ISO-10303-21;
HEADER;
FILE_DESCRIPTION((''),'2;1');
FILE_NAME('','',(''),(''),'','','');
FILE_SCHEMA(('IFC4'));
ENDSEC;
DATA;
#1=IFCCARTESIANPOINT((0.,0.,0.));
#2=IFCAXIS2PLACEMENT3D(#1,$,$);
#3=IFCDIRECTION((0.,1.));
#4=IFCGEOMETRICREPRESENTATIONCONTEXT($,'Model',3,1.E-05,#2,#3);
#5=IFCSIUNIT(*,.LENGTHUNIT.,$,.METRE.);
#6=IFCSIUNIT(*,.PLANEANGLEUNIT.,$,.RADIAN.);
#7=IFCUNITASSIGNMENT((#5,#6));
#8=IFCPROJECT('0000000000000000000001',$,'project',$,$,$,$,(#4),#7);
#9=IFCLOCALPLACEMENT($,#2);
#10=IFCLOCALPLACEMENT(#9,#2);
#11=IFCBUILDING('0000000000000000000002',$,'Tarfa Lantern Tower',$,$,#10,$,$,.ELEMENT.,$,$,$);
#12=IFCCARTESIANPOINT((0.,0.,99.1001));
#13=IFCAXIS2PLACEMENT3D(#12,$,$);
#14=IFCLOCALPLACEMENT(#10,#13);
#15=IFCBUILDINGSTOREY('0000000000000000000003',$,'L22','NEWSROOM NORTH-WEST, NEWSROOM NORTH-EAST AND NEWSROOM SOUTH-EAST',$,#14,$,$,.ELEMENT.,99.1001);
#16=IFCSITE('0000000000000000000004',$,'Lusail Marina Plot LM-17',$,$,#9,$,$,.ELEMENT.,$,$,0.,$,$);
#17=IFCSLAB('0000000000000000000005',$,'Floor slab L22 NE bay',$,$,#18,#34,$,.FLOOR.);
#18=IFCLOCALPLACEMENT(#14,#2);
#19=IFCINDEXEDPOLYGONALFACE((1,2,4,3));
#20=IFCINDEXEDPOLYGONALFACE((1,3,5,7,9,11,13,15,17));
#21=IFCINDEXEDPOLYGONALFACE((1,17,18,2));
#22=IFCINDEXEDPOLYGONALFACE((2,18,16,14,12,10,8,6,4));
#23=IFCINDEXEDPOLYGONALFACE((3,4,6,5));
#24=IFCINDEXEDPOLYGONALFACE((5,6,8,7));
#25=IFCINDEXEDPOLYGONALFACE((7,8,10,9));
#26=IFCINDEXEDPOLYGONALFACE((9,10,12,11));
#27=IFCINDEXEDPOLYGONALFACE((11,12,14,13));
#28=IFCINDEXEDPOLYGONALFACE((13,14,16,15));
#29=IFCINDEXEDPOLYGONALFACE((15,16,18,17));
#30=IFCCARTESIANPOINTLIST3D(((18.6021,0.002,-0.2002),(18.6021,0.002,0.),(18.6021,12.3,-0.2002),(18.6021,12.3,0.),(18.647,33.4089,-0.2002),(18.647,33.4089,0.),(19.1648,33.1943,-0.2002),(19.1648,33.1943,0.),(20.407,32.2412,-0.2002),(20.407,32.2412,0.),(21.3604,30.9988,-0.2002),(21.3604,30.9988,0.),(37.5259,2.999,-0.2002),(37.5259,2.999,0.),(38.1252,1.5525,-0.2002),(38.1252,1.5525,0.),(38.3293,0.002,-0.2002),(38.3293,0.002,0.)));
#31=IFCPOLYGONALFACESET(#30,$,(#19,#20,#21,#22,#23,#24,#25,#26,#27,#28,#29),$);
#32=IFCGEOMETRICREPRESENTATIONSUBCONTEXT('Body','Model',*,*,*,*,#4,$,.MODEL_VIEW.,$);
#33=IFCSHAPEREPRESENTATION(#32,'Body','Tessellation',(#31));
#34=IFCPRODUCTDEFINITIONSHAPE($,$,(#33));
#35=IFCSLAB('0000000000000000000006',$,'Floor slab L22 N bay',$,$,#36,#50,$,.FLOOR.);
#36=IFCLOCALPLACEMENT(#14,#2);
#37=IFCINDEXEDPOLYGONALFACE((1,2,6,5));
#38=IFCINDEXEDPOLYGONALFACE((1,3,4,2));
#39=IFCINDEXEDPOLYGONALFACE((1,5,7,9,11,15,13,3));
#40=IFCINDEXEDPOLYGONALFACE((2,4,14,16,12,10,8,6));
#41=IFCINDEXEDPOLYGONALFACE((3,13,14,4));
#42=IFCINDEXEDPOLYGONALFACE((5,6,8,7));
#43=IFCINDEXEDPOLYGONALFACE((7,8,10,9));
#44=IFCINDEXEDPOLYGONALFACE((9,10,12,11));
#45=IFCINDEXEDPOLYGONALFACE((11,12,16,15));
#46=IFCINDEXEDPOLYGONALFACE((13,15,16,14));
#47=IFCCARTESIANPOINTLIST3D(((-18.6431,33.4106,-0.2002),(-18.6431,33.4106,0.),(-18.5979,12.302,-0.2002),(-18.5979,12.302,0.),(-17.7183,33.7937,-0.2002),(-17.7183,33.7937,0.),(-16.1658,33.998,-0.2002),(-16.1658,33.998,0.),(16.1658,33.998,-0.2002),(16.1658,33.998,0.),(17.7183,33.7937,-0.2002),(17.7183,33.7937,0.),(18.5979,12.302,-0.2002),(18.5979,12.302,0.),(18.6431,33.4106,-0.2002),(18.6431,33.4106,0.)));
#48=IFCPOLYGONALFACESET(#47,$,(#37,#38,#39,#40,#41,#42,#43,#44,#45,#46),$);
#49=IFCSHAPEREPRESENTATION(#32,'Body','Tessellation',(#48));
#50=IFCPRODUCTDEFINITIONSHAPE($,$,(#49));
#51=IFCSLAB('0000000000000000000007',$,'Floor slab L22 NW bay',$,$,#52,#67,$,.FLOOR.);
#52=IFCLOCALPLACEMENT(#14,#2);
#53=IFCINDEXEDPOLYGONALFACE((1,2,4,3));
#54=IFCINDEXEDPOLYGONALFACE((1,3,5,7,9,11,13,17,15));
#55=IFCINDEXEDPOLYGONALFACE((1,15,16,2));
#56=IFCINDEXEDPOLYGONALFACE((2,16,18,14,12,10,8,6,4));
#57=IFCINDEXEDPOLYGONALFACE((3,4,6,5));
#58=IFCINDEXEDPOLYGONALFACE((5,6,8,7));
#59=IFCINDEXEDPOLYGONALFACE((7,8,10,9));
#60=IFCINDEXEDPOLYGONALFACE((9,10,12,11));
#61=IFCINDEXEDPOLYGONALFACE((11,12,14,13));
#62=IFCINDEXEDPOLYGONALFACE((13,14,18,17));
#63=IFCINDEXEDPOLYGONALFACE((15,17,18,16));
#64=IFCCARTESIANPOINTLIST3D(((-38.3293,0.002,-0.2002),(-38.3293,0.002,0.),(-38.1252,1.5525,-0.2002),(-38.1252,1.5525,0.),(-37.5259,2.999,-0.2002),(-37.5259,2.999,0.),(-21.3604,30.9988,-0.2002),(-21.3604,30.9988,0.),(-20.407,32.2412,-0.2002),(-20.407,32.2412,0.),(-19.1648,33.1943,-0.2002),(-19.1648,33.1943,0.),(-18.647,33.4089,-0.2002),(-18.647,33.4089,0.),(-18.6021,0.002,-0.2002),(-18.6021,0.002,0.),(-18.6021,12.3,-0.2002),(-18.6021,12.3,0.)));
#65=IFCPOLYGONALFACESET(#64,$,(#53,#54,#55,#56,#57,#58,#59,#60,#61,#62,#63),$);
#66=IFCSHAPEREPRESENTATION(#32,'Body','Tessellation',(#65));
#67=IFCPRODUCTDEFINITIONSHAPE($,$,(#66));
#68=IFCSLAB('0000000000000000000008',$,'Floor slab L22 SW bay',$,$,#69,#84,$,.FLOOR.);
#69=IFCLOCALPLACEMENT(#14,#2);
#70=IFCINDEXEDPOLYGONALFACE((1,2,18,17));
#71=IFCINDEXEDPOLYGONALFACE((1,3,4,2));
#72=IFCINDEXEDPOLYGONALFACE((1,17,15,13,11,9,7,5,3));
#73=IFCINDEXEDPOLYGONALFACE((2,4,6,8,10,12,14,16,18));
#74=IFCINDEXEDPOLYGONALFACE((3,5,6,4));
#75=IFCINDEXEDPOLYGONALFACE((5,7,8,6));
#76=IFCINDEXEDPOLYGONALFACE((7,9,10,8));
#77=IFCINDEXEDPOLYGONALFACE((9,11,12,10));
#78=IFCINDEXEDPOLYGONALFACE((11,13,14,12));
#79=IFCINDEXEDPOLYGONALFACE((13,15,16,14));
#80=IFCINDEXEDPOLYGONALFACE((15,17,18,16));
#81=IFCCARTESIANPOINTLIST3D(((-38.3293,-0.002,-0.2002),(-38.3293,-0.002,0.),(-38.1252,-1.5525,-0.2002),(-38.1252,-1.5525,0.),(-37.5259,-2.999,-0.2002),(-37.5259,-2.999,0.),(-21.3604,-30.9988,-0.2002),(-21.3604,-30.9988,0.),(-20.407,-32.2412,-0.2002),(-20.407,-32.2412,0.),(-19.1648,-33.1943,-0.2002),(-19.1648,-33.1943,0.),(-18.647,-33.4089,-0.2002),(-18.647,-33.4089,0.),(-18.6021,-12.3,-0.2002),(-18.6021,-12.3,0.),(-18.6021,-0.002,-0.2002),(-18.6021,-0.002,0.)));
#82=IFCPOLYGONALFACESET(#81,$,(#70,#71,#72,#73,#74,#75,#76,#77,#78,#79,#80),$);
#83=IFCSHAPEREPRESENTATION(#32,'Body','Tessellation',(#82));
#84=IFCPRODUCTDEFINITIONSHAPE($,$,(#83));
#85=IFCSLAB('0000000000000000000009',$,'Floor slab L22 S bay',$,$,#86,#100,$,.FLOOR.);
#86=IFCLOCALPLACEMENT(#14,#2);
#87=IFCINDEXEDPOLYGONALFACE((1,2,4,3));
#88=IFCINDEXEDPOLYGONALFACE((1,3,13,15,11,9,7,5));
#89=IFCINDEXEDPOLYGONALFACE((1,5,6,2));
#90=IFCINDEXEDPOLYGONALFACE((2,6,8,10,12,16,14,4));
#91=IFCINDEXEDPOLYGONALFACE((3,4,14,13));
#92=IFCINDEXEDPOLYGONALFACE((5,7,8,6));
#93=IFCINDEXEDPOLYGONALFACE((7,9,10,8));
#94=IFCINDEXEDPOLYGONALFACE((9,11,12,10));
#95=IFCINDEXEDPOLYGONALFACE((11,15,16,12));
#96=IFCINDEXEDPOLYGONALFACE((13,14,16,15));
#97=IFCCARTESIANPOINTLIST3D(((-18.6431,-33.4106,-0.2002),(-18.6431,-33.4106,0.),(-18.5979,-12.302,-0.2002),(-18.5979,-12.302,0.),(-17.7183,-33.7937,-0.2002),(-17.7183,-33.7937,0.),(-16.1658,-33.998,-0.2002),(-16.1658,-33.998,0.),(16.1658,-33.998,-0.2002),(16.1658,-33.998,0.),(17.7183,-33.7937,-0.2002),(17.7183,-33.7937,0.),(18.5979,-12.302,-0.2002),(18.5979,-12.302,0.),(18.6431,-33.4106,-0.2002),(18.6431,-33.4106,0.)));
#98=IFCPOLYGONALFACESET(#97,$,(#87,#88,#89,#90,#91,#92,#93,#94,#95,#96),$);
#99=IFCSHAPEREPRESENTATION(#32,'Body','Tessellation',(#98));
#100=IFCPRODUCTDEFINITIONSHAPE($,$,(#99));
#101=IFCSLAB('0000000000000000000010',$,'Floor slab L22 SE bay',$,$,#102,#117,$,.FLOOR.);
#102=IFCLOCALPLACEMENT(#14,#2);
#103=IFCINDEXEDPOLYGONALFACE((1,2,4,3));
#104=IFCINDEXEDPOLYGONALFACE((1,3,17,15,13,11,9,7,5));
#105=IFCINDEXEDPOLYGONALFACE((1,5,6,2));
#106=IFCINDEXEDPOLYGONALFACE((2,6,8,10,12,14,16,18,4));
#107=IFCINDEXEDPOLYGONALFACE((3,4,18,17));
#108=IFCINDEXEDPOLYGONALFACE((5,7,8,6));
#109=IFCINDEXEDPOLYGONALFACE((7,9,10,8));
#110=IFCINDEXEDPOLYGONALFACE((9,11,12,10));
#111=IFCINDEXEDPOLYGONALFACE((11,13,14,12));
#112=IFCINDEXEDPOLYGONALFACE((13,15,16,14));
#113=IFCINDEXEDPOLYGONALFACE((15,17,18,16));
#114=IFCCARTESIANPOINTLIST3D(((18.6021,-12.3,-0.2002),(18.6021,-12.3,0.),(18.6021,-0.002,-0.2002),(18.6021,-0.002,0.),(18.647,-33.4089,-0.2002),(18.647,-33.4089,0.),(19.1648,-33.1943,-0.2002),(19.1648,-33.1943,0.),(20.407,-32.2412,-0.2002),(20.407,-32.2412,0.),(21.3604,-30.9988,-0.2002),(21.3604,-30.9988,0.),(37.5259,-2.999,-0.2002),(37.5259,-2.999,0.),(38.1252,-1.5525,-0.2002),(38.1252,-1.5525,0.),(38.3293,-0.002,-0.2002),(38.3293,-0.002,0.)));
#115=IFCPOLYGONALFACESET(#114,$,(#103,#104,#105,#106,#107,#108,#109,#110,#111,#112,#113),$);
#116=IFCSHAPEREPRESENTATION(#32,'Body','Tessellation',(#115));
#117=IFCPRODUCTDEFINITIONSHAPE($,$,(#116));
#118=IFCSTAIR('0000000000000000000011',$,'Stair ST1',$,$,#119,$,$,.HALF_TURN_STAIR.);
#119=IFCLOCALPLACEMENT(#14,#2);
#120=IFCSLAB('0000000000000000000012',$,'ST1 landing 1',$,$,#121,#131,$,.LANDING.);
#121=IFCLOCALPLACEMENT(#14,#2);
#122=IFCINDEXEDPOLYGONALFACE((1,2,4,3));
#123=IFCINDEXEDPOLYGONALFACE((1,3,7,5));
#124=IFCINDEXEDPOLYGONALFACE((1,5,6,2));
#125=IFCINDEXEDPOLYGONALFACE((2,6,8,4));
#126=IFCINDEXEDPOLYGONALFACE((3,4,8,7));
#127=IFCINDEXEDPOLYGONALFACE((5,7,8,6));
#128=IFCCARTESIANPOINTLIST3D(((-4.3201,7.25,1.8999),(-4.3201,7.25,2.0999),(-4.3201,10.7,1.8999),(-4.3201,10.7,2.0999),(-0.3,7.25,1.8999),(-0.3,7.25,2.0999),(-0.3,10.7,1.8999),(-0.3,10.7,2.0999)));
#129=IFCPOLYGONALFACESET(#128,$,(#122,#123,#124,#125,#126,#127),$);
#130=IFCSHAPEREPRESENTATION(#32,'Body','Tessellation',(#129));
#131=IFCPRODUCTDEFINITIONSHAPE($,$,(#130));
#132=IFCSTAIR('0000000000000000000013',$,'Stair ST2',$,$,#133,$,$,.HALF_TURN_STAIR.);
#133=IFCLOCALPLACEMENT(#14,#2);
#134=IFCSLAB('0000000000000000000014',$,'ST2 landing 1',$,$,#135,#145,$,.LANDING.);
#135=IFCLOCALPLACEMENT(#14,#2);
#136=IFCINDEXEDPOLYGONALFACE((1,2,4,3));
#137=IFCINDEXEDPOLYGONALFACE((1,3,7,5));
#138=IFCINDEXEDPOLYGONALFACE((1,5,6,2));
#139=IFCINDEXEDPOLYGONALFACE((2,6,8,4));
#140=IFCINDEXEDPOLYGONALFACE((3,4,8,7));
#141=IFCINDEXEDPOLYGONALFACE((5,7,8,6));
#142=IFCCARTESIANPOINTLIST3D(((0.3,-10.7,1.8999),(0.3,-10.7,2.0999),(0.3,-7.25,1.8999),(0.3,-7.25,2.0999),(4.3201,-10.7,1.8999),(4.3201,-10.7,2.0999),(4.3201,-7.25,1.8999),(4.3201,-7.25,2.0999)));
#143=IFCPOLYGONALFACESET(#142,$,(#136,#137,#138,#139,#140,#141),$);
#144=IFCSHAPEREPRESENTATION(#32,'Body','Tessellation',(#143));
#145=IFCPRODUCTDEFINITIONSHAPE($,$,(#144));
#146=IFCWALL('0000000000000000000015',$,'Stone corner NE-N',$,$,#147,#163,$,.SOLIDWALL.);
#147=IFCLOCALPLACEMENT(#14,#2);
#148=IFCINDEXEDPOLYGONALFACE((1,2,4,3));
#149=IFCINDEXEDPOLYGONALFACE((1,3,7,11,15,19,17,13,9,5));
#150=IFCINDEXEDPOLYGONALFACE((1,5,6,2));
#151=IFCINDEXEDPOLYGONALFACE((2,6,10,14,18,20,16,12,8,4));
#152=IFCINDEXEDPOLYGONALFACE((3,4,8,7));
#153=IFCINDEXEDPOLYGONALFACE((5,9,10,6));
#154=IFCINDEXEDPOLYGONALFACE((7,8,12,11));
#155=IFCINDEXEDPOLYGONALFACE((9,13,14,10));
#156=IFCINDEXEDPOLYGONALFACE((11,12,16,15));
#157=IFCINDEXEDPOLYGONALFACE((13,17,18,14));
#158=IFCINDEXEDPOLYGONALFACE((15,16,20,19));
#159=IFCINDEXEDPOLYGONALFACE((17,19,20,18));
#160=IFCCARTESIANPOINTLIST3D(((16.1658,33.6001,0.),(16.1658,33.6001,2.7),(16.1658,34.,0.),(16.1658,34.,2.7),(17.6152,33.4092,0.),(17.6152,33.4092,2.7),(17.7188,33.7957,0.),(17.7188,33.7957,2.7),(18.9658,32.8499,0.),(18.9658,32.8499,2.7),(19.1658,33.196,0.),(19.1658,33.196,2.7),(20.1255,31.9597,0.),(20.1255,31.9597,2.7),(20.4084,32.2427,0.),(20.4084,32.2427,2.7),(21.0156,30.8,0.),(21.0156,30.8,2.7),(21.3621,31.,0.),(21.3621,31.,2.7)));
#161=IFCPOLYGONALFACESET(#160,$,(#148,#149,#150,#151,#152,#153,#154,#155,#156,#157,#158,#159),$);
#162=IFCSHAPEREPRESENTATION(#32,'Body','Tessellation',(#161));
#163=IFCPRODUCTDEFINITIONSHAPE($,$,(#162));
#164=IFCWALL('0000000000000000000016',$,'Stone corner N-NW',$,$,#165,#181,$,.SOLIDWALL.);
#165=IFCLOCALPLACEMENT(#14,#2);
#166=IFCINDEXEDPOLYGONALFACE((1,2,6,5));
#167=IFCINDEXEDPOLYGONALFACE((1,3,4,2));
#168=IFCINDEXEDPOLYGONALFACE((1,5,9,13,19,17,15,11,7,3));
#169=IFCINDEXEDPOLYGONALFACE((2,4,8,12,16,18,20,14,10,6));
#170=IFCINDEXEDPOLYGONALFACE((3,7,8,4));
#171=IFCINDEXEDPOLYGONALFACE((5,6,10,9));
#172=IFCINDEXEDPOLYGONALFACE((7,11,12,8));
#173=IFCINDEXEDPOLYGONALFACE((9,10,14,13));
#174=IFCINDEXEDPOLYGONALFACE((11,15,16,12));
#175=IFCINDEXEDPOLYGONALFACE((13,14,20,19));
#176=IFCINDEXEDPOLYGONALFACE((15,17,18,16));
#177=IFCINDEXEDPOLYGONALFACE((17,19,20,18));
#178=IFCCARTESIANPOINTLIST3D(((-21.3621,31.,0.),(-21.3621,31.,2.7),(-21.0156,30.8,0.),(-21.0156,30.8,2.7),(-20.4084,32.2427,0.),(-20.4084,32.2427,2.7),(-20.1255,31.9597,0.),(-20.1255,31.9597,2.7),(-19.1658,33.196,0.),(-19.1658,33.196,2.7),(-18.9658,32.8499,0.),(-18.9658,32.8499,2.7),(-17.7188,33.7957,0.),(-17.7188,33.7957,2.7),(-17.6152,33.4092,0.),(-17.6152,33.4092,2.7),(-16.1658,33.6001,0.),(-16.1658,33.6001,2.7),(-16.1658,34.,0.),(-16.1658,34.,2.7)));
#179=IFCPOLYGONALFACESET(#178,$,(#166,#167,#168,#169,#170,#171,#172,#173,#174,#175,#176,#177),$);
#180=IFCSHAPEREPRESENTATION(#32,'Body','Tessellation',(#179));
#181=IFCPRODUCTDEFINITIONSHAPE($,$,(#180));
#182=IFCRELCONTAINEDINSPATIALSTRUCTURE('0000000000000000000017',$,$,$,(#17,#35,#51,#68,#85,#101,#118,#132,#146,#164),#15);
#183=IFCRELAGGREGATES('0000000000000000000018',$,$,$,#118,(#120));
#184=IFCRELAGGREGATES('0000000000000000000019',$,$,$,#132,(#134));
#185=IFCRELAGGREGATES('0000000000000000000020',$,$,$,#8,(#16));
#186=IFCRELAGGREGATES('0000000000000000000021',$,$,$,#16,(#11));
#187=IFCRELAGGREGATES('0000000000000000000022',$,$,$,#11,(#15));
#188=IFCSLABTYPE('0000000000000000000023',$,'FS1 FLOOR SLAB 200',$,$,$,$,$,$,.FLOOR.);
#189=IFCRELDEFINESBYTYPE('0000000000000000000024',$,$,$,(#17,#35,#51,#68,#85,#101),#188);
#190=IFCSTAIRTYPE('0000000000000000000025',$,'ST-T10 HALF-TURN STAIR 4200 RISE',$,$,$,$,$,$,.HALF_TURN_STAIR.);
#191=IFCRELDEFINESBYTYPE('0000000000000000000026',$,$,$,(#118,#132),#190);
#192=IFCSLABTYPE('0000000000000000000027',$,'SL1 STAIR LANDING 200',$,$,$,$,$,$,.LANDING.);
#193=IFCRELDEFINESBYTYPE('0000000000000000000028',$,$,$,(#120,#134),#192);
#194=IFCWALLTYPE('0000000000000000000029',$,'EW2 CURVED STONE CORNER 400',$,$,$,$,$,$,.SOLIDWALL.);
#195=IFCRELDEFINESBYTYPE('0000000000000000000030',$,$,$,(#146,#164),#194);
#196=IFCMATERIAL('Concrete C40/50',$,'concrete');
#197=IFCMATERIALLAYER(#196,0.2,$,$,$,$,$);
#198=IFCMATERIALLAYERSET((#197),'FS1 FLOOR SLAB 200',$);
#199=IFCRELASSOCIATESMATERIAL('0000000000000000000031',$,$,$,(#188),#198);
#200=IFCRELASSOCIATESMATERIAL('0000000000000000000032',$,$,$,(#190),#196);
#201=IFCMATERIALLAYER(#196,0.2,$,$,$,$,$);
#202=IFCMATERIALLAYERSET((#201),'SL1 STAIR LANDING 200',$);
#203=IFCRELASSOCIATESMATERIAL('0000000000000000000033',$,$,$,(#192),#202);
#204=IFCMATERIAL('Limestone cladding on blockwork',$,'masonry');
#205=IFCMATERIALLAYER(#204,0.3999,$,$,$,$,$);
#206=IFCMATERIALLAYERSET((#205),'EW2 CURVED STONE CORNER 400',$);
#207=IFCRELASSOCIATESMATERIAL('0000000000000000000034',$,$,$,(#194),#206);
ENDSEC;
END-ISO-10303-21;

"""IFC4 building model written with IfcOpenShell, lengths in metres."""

from ifc_helpers import new_model, si_unit, direction, frame, origin, place, context, subcontext, project, spatial, polyline, outline, extrude, material, layer, layer_set, type_object, element, aggregate, save


model = new_model("IFC4")

# Units and contexts
model_context = context("Model", 3, precision=1e-05, world=origin(), true_north=direction((0.0, 1.0)))
body_context = subcontext(model_context, "Body", "Model", "MODEL_VIEW")
ifc_project = project(units=[si_unit("LENGTHUNIT", "METRE"), si_unit("PLANEANGLEUNIT", "RADIAN")], contexts=[model_context])

# Site, building, storey
site_placement = place(None, origin())
site = spatial("IfcSite", under=ifc_project, at=site_placement, Name="Lusail Marina Plot LM-17", CompositionType="ELEMENT", RefElevation=0.0)
building_placement = place(site_placement, origin())
building = spatial("IfcBuilding", under=site, at=building_placement, Name="Tarfa Lantern Tower", CompositionType="ELEMENT")
storey_placement = place(building_placement, frame((0.0, 0.0, 99.1001)))
storey = spatial("IfcBuildingStorey", under=building, at=storey_placement, Name="L22", Description="NEWSROOM NORTH-WEST, NEWSROOM NORTH-EAST AND NEWSROOM SOUTH-EAST", CompositionType="ELEMENT", Elevation=99.1001)

# Slabs
ifc_material_1 = material(Name="Concrete C40/50", Category="concrete")
ifc_layer_1 = layer(ifc_material_1, 0.2)
ifc_layer_set_1 = layer_set([ifc_layer_1], Name="FS1 FLOOR SLAB 200")
slab_type_1 = type_object("IfcSlabType", Name="FS1 FLOOR SLAB 200", PredefinedType="FLOOR", material=ifc_layer_set_1)
slab_1_placement = place(storey_placement, frame((0.0, 0.0, -0.2002)))
element("IfcSlab", 1, at=slab_1_placement, inside=storey, type_object=slab_type_1, Name="Floor slab L22 NE bay", PredefinedType="FLOOR", context=body_context, shape_type="SweptSolid", body=[
    extrude(outline(polyline([(37.5259, 2.999), (21.3604, 30.9988), (20.407, 32.2412), (19.1648, 33.1943), (18.647, 33.4089), (18.6021, 12.3), (18.6021, 0.002), (38.3293, 0.002), (38.1252, 1.5525), (37.5259, 2.999)])), origin(), (0.0, 0.0, 1.0), 0.2002),
])
slab_2_placement = place(storey_placement, frame((0.0, 0.0, -0.2002)))
element("IfcSlab", 2, at=slab_2_placement, inside=storey, type_object=slab_type_1, Name="Floor slab L22 N bay", PredefinedType="FLOOR", context=body_context, shape_type="SweptSolid", body=[
    extrude(outline(polyline([(-18.5979, 12.302), (18.5979, 12.302), (18.6431, 33.4106), (17.7183, 33.7937), (16.1658, 33.998), (-16.1658, 33.998), (-17.7183, 33.7937), (-18.6431, 33.4106), (-18.5979, 12.302)])), origin(), (0.0, 0.0, 1.0), 0.2002),
])
slab_3_placement = place(storey_placement, frame((0.0, 0.0, -0.2002)))
element("IfcSlab", 3, at=slab_3_placement, inside=storey, type_object=slab_type_1, Name="Floor slab L22 NW bay", PredefinedType="FLOOR", context=body_context, shape_type="SweptSolid", body=[
    extrude(outline(polyline([(-18.6021, 0.002), (-18.6021, 12.3), (-18.647, 33.4089), (-19.1648, 33.1943), (-20.407, 32.2412), (-21.3604, 30.9988), (-37.5259, 2.999), (-38.1252, 1.5525), (-38.3293, 0.002), (-18.6021, 0.002)])), origin(), (0.0, 0.0, 1.0), 0.2002),
])
slab_4_placement = place(storey_placement, frame((0.0, 0.0, -0.2002)))
element("IfcSlab", 4, at=slab_4_placement, inside=storey, type_object=slab_type_1, Name="Floor slab L22 SW bay", PredefinedType="FLOOR", context=body_context, shape_type="SweptSolid", body=[
    extrude(outline(polyline([(-18.6021, -12.3), (-18.6021, -0.002), (-38.3293, -0.002), (-38.1252, -1.5525), (-37.5259, -2.999), (-21.3604, -30.9988), (-20.407, -32.2412), (-19.1648, -33.1943), (-18.647, -33.4089), (-18.6021, -12.3)])), origin(), (0.0, 0.0, 1.0), 0.2002),
])
slab_5_placement = place(storey_placement, frame((0.0, 0.0, -0.2002)))
element("IfcSlab", 5, at=slab_5_placement, inside=storey, type_object=slab_type_1, Name="Floor slab L22 S bay", PredefinedType="FLOOR", context=body_context, shape_type="SweptSolid", body=[
    extrude(outline(polyline([(18.5979, -12.302), (-18.5979, -12.302), (-18.6431, -33.4106), (-17.7183, -33.7937), (-16.1658, -33.998), (16.1658, -33.998), (17.7183, -33.7937), (18.6431, -33.4106), (18.5979, -12.302)])), origin(), (0.0, 0.0, 1.0), 0.2002),
])
slab_6_placement = place(storey_placement, frame((0.0, 0.0, -0.2002)))
element("IfcSlab", 6, at=slab_6_placement, inside=storey, type_object=slab_type_1, Name="Floor slab L22 SE bay", PredefinedType="FLOOR", context=body_context, shape_type="SweptSolid", body=[
    extrude(outline(polyline([(18.6021, -0.002), (18.6021, -12.3), (18.647, -33.4089), (19.1648, -33.1943), (20.407, -32.2412), (21.3604, -30.9988), (37.5259, -2.999), (38.1252, -1.5525), (38.3293, -0.002), (18.6021, -0.002)])), origin(), (0.0, 0.0, 1.0), 0.2002),
])

# Stairs, slabs
stair_type = type_object("IfcStairType", Name="ST-T10 HALF-TURN STAIR 4200 RISE", PredefinedType="HALF_TURN_STAIR", material=ifc_material_1)
stair_1_placement = place(storey_placement, origin())
stair_1 = element("IfcStair", 7, at=stair_1_placement, inside=storey, type_object=stair_type, Name="Stair ST1", PredefinedType="HALF_TURN_STAIR")
ifc_layer_2 = layer(ifc_material_1, 0.2)
ifc_layer_set_2 = layer_set([ifc_layer_2], Name="SL1 STAIR LANDING 200")
slab_type_2 = type_object("IfcSlabType", Name="SL1 STAIR LANDING 200", PredefinedType="LANDING", material=ifc_layer_set_2)
slab_7_placement = place(storey_placement, frame((0.0, 0.0, 1.8999)))
slab_7 = element("IfcSlab", 8, at=slab_7_placement, type_object=slab_type_2, Name="ST1 landing 1", PredefinedType="LANDING", context=body_context, shape_type="SweptSolid", body=[
    extrude(outline(polyline([(-4.3201, 7.25), (-0.3, 7.25), (-0.3, 10.7), (-4.3201, 10.7), (-4.3201, 7.25)])), origin(), (0.0, 0.0, 1.0), 0.2),
])
aggregate(stair_1, [slab_7])
stair_2_placement = place(storey_placement, origin())
stair_2 = element("IfcStair", 9, at=stair_2_placement, inside=storey, type_object=stair_type, Name="Stair ST2", PredefinedType="HALF_TURN_STAIR")
slab_8_placement = place(storey_placement, frame((0.0, 0.0, 1.8999)))
slab_8 = element("IfcSlab", 10, at=slab_8_placement, type_object=slab_type_2, Name="ST2 landing 1", PredefinedType="LANDING", context=body_context, shape_type="SweptSolid", body=[
    extrude(outline(polyline([(4.3201, -7.25), (0.3, -7.25), (0.3, -10.7), (4.3201, -10.7), (4.3201, -7.25)])), origin(), (0.0, 0.0, 1.0), 0.2),
])
aggregate(stair_2, [slab_8])

# Walls
ifc_material_2 = material(Name="Limestone cladding on blockwork", Category="masonry")
ifc_layer_3 = layer(ifc_material_2, 0.3999)
ifc_layer_set_3 = layer_set([ifc_layer_3], Name="EW2 CURVED STONE CORNER 400")
wall_type_1 = type_object("IfcWallType", Name="EW2 CURVED STONE CORNER 400", PredefinedType="SOLIDWALL", material=ifc_layer_set_3)
wall_1_placement = place(storey_placement, origin())
element("IfcWall", 11, at=wall_1_placement, inside=storey, type_object=wall_type_1, Name="Stone corner NE-N", PredefinedType="SOLIDWALL", context=body_context, shape_type="SweptSolid", body=[
    extrude(outline(polyline([(21.3621, 31.0), (20.4084, 32.2427), (19.1658, 33.196), (17.7188, 33.7957), (16.1658, 34.0), (16.1658, 33.6001), (17.6152, 33.4092), (18.9658, 32.8499), (20.1255, 31.9597), (21.0156, 30.8), (21.3621, 31.0)])), origin(), (0.0, 0.0, 1.0), 2.7),
])
wall_2_placement = place(storey_placement, origin())
element("IfcWall", 12, at=wall_2_placement, inside=storey, type_object=wall_type_1, Name="Stone corner N-NW", PredefinedType="SOLIDWALL", context=body_context, shape_type="SweptSolid", body=[
    extrude(outline(polyline([(-16.1658, 34.0), (-17.7188, 33.7957), (-19.1658, 33.196), (-20.4084, 32.2427), (-21.3621, 31.0), (-21.0156, 30.8), (-20.1255, 31.9597), (-18.9658, 32.8499), (-17.6152, 33.4092), (-16.1658, 33.6001), (-16.1658, 34.0)])), origin(), (0.0, 0.0, 1.0), 2.7),
])

save(model, "model.ifc")
